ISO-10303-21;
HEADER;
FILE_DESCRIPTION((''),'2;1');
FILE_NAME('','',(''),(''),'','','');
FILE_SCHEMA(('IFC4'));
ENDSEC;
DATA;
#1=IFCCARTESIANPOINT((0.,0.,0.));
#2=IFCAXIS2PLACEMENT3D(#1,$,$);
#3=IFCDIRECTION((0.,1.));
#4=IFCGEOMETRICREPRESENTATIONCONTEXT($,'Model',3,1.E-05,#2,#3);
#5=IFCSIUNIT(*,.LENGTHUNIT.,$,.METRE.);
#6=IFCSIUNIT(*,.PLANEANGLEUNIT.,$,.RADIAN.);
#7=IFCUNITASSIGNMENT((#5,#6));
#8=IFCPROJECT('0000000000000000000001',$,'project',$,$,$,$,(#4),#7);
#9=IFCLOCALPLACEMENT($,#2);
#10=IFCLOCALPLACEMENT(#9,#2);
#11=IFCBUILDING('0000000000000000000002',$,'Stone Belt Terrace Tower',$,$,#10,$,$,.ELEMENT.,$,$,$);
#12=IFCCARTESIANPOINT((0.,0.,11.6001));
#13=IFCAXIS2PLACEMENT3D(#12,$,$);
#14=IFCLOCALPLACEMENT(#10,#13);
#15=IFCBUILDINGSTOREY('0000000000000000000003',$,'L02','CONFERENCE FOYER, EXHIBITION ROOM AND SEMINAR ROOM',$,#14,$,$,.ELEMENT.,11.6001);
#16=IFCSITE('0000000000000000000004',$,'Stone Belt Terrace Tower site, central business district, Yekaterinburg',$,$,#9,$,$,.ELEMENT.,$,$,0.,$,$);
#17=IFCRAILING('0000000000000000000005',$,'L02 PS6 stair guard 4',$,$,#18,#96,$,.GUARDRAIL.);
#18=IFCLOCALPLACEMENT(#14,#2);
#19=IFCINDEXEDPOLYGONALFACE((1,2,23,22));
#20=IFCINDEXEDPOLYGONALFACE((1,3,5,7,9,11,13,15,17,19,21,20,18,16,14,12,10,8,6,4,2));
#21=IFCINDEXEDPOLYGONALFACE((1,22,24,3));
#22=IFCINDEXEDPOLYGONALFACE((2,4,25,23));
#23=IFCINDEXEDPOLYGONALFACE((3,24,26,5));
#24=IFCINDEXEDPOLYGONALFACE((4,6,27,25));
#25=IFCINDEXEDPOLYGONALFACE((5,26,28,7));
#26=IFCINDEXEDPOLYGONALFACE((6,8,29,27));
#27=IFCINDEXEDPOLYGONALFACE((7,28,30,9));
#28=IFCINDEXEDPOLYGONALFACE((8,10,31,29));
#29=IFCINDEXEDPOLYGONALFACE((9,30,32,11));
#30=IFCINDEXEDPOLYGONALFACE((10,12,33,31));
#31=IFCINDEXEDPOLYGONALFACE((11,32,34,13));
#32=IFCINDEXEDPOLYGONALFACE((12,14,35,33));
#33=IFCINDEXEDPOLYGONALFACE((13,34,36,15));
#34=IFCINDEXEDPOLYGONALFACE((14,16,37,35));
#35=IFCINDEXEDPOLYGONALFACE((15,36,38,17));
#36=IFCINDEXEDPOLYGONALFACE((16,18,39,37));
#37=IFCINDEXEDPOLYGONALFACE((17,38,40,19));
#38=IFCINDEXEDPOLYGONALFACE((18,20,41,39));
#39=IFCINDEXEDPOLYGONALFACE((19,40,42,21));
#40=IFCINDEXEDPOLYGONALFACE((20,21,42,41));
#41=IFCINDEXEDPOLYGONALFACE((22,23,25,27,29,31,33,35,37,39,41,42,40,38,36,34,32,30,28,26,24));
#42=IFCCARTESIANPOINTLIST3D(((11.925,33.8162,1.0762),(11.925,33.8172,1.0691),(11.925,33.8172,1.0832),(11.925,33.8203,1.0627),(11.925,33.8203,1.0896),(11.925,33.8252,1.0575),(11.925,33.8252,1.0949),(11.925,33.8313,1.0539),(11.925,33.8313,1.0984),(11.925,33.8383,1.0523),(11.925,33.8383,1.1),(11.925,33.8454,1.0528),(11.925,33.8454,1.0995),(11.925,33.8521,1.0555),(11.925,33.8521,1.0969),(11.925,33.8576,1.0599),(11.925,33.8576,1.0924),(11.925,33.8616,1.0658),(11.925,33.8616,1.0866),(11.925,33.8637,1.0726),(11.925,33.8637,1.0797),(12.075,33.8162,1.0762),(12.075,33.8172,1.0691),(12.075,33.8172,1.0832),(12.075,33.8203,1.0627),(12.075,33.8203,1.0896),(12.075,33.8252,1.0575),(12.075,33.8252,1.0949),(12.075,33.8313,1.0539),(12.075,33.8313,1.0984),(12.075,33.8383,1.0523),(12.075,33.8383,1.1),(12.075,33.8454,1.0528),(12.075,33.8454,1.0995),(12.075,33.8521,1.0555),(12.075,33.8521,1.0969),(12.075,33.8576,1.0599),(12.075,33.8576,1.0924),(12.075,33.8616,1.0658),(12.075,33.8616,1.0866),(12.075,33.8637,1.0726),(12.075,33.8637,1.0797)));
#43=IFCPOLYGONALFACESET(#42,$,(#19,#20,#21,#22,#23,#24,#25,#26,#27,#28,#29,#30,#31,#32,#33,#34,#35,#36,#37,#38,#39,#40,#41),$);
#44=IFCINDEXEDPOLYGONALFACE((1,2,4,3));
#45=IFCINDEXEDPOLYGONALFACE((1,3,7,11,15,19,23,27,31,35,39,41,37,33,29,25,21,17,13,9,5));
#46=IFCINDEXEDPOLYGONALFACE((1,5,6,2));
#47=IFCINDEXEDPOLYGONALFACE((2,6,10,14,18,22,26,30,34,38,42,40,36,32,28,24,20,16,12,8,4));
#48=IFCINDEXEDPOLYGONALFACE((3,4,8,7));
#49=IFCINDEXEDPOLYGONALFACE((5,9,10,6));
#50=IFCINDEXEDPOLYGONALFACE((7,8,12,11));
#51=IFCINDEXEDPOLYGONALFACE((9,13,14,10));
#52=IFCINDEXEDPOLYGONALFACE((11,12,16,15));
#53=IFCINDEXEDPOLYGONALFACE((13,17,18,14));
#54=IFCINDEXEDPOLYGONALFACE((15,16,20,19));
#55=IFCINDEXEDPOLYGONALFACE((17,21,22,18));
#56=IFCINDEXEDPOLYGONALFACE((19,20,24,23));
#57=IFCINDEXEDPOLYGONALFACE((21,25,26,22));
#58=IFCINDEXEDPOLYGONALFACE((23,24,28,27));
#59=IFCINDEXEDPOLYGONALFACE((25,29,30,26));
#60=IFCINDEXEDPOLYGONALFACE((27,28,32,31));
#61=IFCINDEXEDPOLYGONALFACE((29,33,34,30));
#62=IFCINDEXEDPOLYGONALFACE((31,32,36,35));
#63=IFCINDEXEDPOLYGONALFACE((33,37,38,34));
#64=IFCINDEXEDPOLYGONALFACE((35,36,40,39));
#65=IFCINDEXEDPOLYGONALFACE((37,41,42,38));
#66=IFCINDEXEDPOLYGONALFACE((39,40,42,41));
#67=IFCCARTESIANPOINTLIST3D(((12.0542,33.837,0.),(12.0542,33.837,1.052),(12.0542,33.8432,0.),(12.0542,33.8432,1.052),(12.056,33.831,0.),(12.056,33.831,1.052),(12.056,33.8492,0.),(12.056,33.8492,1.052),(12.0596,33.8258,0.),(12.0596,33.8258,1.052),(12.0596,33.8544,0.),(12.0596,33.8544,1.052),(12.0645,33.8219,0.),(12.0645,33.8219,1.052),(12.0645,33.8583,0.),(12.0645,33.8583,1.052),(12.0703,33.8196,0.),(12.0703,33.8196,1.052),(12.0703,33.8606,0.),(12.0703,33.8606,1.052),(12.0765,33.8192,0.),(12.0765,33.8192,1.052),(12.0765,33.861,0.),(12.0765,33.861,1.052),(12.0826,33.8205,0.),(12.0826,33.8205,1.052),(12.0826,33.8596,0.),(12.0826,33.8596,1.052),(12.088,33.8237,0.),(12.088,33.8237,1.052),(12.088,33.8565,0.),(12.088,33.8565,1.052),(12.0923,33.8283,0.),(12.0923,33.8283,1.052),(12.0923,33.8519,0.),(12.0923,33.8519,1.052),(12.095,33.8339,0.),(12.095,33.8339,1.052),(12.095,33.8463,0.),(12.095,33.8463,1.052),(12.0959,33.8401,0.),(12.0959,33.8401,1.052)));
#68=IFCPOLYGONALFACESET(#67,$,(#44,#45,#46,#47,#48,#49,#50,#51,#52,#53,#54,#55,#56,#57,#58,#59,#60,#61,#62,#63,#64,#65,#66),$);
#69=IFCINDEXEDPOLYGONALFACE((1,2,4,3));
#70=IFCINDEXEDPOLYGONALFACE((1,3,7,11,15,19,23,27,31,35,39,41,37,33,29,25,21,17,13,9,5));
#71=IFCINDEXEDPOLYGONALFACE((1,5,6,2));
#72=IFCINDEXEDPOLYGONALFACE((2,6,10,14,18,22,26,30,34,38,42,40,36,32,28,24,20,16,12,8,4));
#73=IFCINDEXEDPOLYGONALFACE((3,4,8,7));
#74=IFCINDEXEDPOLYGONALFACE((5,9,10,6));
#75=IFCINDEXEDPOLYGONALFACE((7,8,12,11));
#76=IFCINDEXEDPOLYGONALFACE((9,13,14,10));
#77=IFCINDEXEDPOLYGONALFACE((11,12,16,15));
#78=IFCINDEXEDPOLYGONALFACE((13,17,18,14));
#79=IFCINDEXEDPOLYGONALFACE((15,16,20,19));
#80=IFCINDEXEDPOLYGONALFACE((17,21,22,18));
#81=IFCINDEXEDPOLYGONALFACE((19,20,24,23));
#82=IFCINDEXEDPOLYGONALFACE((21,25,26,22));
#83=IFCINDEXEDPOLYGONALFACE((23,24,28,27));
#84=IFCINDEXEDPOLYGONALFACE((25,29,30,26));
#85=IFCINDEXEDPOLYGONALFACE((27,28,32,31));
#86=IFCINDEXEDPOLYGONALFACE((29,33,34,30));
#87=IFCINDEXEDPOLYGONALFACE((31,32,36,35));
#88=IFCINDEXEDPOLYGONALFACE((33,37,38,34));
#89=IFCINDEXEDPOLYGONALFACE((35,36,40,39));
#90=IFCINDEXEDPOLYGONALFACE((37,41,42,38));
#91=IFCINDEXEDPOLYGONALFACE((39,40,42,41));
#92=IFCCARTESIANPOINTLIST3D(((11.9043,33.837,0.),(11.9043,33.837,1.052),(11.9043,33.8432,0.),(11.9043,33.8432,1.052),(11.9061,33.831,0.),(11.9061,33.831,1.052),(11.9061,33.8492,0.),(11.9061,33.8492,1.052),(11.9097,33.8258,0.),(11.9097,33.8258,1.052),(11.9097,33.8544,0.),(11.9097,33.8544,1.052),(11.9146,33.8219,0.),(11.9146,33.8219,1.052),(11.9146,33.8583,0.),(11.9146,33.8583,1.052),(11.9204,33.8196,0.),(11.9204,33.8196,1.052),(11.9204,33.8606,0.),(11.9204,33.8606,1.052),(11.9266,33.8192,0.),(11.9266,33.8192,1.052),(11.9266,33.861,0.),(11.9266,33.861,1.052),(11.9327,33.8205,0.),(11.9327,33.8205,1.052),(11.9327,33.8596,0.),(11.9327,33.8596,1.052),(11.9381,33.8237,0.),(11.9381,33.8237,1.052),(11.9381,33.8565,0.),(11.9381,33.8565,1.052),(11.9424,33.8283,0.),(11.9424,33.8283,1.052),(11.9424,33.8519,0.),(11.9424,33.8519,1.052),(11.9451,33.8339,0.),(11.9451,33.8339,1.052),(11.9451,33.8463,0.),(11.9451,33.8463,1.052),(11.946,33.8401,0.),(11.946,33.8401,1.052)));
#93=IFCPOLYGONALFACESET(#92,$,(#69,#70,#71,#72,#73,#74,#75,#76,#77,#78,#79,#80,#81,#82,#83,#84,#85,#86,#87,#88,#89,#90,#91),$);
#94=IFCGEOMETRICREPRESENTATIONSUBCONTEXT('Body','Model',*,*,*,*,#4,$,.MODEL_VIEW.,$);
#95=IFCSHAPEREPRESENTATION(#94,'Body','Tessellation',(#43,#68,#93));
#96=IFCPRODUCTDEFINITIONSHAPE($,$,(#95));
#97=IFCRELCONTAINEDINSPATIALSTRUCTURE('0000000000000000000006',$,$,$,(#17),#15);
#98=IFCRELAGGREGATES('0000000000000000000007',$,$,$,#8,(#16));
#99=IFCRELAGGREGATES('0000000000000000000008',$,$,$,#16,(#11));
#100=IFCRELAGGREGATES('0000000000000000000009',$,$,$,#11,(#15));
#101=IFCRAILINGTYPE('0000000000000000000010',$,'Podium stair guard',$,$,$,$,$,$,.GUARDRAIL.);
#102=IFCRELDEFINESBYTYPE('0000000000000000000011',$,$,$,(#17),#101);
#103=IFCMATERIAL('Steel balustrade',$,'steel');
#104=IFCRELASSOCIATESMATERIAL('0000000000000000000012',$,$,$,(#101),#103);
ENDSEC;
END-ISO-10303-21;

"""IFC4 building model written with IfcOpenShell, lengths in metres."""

from ifc_helpers import new_model, si_unit, direction, frame, origin, origin_2d, place, context, subcontext, project, spatial, circle, extrude, material, type_object, element, save


model = new_model("IFC4")

# Units and contexts
model_context = context("Model", 3, precision=1e-05, world=origin(), true_north=direction((0.0, 1.0)))
body_context = subcontext(model_context, "Body", "Model", "MODEL_VIEW")
ifc_project = project(units=[si_unit("LENGTHUNIT", "METRE"), si_unit("PLANEANGLEUNIT", "RADIAN")], contexts=[model_context])

# Site, building, storey
site_placement = place(None, origin())
site = spatial("IfcSite", under=ifc_project, at=site_placement, Name="Stone Belt Terrace Tower site, central business district, Yekaterinburg", CompositionType="ELEMENT", RefElevation=0.0)
building_placement = place(site_placement, origin())
building = spatial("IfcBuilding", under=site, at=building_placement, Name="Stone Belt Terrace Tower", CompositionType="ELEMENT")
storey_placement = place(building_placement, frame((0.0, 0.0, 11.6001)))
storey = spatial("IfcBuildingStorey", under=building, at=storey_placement, Name="L02", Description="CONFERENCE FOYER, EXHIBITION ROOM AND SEMINAR ROOM", CompositionType="ELEMENT", Elevation=11.6001)

# Railing
ifc_material_1 = material(Name="Steel balustrade", Category="steel")
railing_type_1 = type_object("IfcRailingType", Name="Podium stair guard", PredefinedType="GUARDRAIL", material=ifc_material_1)
railing_1_placement = place(storey_placement, frame((12.075, 33.8401, 0.0)))
element("IfcRailing", 1, at=railing_1_placement, inside=storey, type_object=railing_type_1, Name="L02 PS6 stair guard 4", PredefinedType="GUARDRAIL", context=body_context, shape_type="SweptSolid", body=[
    extrude(circle(Radius=0.0239, at=origin_2d()), frame((0.0, 0.0, 1.0762), z_axis=(-1.0, 0.0, 0.0), x_axis=(0.0, -1.0, 0.0)), (0.0, 0.0, 1.0), 0.1499),
    extrude(circle(Radius=0.021, at=origin_2d()), origin(), (0.0, 0.0, 1.0), 1.052),
    extrude(circle(Radius=0.021, at=origin_2d()), frame((-0.1499, 0.0, 0.0)), (0.0, 0.0, 1.0), 1.052),
])

save(model, "model.ifc")
